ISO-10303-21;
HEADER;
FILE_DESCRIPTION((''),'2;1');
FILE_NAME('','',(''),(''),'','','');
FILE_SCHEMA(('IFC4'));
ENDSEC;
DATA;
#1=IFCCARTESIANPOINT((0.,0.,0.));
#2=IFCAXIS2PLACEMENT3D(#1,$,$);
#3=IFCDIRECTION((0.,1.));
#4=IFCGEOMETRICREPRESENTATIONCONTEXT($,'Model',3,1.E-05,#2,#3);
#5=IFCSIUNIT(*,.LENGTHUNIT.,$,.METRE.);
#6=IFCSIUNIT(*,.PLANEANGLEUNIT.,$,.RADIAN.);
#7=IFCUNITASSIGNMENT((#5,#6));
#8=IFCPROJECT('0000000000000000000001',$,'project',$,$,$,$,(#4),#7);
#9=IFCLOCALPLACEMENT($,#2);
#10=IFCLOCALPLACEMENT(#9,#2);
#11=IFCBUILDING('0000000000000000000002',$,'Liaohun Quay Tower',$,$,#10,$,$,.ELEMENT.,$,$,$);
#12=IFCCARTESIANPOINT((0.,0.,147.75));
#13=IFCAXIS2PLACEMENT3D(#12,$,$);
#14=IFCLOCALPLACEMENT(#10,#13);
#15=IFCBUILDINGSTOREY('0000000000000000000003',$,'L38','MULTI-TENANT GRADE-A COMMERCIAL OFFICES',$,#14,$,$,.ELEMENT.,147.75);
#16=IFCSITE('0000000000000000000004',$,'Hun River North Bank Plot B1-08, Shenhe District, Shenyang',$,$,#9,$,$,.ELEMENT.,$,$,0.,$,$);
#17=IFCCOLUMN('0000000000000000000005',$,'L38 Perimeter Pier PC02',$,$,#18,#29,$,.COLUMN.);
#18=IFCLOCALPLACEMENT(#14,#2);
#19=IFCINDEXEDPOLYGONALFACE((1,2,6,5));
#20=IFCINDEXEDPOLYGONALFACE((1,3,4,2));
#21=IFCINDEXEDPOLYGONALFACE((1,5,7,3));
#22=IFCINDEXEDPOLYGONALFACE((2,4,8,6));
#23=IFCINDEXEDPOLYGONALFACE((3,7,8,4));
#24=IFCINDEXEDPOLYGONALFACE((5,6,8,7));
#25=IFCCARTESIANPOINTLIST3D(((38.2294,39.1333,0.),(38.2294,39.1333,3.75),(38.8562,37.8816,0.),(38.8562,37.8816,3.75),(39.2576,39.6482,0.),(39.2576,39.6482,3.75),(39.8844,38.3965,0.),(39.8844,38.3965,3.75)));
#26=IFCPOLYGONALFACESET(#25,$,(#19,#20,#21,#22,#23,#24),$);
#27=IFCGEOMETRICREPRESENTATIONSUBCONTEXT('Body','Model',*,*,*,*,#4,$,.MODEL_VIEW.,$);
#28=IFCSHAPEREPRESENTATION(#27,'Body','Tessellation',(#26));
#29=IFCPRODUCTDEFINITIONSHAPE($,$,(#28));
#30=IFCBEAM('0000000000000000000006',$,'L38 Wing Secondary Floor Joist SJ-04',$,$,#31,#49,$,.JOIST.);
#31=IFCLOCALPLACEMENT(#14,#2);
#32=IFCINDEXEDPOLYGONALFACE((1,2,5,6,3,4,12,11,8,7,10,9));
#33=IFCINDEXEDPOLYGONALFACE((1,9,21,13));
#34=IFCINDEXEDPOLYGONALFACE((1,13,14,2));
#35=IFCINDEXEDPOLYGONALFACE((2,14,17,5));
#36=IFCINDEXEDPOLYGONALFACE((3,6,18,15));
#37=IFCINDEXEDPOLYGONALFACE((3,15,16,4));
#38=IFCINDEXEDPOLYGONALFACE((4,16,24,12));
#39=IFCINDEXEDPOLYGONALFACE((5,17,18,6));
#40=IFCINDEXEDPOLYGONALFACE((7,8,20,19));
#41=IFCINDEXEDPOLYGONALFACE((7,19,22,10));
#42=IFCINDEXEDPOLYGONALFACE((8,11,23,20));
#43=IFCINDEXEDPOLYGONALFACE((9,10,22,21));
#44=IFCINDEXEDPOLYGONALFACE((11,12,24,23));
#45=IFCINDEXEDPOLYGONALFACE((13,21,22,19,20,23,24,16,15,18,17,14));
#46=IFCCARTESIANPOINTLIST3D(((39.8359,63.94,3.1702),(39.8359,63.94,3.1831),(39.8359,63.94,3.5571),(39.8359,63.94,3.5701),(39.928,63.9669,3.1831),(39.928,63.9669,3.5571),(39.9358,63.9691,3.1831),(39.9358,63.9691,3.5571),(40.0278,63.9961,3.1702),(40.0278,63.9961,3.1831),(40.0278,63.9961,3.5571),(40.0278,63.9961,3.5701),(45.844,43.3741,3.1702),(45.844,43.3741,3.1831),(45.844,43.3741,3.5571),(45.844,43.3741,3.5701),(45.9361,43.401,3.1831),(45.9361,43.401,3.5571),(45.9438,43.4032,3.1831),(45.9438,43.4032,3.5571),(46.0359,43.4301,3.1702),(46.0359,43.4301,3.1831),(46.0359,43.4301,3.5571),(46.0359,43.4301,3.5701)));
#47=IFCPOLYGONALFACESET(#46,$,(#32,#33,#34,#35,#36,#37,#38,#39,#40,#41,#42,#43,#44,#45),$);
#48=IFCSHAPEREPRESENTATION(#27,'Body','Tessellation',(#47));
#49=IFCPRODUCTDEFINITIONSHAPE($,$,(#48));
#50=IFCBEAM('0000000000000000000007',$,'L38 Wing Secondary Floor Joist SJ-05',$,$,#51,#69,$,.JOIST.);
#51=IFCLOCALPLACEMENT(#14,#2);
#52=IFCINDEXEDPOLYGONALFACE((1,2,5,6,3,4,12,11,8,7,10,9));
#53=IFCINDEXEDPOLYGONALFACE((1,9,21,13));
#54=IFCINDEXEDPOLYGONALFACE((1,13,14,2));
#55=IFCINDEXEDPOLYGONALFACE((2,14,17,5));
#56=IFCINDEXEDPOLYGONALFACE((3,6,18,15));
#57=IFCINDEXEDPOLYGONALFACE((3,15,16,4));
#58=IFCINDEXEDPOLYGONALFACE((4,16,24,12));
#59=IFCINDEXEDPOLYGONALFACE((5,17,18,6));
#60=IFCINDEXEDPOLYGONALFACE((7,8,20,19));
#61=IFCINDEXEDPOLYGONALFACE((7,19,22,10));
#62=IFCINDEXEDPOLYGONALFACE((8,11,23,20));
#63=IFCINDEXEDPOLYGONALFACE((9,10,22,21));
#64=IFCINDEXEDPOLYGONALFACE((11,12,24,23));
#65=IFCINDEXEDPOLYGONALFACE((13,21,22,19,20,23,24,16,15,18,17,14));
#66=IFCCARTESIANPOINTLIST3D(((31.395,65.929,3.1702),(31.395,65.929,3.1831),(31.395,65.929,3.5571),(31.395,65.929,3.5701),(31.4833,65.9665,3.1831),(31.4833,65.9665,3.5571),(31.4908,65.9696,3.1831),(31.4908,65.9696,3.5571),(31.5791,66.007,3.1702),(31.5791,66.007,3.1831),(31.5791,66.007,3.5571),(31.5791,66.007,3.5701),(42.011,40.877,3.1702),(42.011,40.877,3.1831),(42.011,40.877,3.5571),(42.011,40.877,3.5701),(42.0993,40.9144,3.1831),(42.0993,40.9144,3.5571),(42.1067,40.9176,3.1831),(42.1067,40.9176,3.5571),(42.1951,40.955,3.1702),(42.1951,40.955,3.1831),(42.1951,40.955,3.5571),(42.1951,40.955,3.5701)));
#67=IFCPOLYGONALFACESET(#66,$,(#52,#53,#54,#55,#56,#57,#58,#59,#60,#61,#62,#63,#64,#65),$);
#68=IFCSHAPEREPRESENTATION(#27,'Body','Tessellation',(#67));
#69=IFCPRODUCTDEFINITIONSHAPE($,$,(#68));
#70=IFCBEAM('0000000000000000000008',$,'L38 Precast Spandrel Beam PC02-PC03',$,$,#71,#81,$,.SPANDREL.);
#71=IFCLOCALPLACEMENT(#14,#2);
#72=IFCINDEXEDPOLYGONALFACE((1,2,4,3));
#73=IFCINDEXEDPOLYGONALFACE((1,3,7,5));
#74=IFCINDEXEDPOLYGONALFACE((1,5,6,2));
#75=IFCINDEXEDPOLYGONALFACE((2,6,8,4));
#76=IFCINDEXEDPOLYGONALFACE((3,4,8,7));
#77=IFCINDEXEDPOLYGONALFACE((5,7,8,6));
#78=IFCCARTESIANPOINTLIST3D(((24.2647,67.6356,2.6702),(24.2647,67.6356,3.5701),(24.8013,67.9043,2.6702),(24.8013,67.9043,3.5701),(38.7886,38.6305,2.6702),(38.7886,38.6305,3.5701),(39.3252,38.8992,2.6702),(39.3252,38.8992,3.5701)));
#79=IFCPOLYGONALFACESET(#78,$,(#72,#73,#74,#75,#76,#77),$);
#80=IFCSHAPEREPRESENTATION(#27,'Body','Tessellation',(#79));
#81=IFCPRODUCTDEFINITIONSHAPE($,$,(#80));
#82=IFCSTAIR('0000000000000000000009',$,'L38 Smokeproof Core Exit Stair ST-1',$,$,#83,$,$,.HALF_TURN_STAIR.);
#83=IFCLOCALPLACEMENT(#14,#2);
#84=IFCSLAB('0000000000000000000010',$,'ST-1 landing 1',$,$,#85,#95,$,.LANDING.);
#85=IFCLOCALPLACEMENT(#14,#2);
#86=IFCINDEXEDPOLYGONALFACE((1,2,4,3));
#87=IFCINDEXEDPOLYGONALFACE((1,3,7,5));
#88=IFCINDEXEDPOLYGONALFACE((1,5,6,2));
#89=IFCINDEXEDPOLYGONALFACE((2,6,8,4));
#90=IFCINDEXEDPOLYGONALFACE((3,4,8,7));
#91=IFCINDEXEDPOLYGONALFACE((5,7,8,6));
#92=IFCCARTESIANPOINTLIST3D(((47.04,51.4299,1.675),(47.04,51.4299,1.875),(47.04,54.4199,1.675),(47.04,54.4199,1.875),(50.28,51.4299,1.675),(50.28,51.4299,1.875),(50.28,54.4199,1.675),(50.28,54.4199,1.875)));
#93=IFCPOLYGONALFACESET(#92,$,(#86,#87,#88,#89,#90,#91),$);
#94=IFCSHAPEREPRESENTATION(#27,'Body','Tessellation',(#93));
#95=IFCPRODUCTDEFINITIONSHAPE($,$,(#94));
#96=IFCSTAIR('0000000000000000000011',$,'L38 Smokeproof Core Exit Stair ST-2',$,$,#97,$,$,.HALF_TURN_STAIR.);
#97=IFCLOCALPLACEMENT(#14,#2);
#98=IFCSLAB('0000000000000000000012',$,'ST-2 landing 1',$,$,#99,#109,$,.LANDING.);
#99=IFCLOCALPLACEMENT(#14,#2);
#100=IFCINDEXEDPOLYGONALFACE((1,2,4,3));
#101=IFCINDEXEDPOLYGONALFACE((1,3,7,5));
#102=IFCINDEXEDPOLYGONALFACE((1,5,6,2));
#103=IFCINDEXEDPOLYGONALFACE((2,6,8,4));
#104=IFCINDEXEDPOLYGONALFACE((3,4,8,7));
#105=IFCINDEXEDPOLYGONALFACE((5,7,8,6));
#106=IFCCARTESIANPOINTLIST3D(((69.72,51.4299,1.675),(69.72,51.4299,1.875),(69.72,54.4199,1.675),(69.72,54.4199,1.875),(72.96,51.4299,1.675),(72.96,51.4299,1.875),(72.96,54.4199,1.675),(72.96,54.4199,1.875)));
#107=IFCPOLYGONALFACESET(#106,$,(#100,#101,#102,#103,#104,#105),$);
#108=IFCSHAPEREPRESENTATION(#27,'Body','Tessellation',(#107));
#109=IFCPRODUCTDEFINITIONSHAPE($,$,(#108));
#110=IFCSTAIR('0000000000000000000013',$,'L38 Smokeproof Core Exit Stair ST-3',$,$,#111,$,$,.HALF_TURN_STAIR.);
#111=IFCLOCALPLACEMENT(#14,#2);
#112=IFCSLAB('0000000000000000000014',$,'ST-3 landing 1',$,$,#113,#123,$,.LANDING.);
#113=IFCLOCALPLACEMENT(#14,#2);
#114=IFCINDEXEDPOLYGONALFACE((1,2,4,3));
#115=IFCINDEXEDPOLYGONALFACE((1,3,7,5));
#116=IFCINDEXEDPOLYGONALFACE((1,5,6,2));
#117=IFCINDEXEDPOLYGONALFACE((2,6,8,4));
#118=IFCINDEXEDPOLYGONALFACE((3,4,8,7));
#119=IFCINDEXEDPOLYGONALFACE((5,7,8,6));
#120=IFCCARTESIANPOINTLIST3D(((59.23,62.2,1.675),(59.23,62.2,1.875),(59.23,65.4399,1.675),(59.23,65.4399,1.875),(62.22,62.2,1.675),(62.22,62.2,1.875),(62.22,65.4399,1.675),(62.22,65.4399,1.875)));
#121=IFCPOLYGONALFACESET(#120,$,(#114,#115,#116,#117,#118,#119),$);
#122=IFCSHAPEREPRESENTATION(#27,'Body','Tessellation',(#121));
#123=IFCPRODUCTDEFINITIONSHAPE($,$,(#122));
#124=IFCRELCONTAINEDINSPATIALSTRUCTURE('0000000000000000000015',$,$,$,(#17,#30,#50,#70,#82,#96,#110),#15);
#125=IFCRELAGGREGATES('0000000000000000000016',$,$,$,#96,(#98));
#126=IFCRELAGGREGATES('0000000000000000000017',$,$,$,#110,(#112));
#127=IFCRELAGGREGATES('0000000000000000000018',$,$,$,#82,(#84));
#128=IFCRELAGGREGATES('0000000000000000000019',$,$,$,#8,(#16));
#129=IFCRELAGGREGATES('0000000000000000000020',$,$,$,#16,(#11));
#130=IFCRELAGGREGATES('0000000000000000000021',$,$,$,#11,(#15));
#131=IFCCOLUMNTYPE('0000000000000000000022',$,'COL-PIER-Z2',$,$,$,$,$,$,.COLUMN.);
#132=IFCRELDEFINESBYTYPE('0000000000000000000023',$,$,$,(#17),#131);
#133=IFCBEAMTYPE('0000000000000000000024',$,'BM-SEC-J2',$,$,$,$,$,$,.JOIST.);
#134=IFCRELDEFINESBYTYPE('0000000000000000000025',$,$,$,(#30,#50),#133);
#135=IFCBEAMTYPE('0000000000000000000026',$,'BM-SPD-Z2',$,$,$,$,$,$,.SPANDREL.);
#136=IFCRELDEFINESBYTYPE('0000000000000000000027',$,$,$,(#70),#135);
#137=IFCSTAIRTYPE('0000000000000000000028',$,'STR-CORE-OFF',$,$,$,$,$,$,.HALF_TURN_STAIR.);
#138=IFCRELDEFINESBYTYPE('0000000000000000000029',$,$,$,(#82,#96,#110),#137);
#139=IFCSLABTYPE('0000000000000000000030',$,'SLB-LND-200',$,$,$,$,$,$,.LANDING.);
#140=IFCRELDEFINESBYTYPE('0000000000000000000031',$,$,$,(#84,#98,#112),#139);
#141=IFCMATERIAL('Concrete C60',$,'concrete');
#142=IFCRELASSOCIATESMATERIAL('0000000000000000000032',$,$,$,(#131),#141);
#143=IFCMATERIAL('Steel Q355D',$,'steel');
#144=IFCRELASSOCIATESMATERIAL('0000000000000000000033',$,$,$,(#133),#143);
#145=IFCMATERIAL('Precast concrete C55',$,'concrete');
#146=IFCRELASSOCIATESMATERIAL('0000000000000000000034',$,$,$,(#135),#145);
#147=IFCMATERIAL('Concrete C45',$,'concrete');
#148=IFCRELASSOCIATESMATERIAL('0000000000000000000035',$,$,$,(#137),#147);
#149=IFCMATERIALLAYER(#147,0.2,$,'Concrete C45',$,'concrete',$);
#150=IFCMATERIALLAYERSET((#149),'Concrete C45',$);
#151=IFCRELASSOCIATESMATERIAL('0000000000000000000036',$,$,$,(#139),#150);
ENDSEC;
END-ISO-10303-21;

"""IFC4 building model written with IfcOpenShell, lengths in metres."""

from ifc_helpers import new_model, si_unit, direction, frame, origin, origin_2d, place, context, subcontext, project, spatial, polyline, rectangle, i_section, outline, extrude, source, transform, mapped, material, layer, layer_set, material_profile, profile_set, type_object, element, aggregate, save


model = new_model("IFC4")

# Units and contexts
model_context = context("Model", 3, precision=1e-05, world=origin(), true_north=direction((0.0, 1.0)))
body_context = subcontext(model_context, "Body", "Model", "MODEL_VIEW")
ifc_project = project(units=[si_unit("LENGTHUNIT", "METRE"), si_unit("PLANEANGLEUNIT", "RADIAN")], contexts=[model_context])

# Site, building, storey
site_placement = place(None, origin())
site = spatial("IfcSite", under=ifc_project, at=site_placement, Name="Hun River North Bank Plot B1-08, Shenhe District, Shenyang", CompositionType="ELEMENT", RefElevation=0.0)
building_placement = place(site_placement, origin())
building = spatial("IfcBuilding", under=site, at=building_placement, Name="Liaohun Quay Tower", CompositionType="ELEMENT")
storey_placement = place(building_placement, frame((0.0, 0.0, 147.75)))
storey = spatial("IfcBuildingStorey", under=building, at=storey_placement, Name="L38", Description="MULTI-TENANT GRADE-A COMMERCIAL OFFICES", CompositionType="ELEMENT", Elevation=147.75)

# Column
ifc_material_1 = material(Name="Concrete C60", Category="concrete")
ifc_material_profile_1 = material_profile(ifc_material_1, rectangle(XDim=1.3999, YDim=1.1499, at=origin_2d()), Name="RC1400x1150")
ifc_profile_set_1 = profile_set([ifc_material_profile_1], Name="Concrete C60")
column_type = type_object("IfcColumnType", Name="COL-PIER-Z2", PredefinedType="COLUMN", material=ifc_profile_set_1)
shared_shape_1 = source(origin(), body_context, "Body", "SweptSolid", [
    extrude(rectangle(XDim=1.3999, YDim=1.1499, at=origin_2d()), origin(), (0.0, 0.0, 1.0), 3.75),
])
column_placement = place(storey_placement, frame((39.0569, 38.7649, 0.0), z_axis=(0.0, 0.0, 1.0), x_axis=(-0.447759, 0.894154, 0.0)))
element("IfcColumn", 1, at=column_placement, inside=storey, type_object=column_type, Name="L38 Perimeter Pier PC02", PredefinedType="COLUMN", context=body_context, shape_type="MappedRepresentation", body=[
    mapped(shared_shape_1, transform((0.0, 0.0, 0.0), x_axis=(1.0, 0.0, 0.0), y_axis=(0.0, 1.0, 0.0), z_axis=(0.0, 0.0, 1.0), scale=1.0)),
])

# Beams
ifc_material_2 = material(Name="Steel Q355D", Category="steel")
ifc_material_profile_2 = material_profile(ifc_material_2, i_section(OverallWidth=0.2, OverallDepth=0.3999, WebThickness=0.0081, FlangeThickness=0.0129, at=origin_2d()), Name="HN400x200x8x13")
ifc_profile_set_2 = profile_set([ifc_material_profile_2], Name="Steel Q355D")
beam_type_1 = type_object("IfcBeamType", Name="BM-SEC-J2", PredefinedType="JOIST", material=ifc_profile_set_2)
shared_shape_2 = source(origin(), body_context, "Body", "SweptSolid", [
    extrude(i_section(OverallWidth=0.2, OverallDepth=0.3999, WebThickness=0.0081, FlangeThickness=0.0129, at=origin_2d()), origin(), (0.0, 0.0, 1.0), 21.4255),
])
beam_1_placement = place(storey_placement, frame((45.9399, 43.4021, 3.3701), z_axis=(-0.280416, 0.959879, 0.0), x_axis=(-0.959879, -0.280416, 0.0)))
element("IfcBeam", 2, at=beam_1_placement, inside=storey, type_object=beam_type_1, Name="L38 Wing Secondary Floor Joist SJ-04", PredefinedType="JOIST", context=body_context, shape_type="MappedRepresentation", body=[
    mapped(shared_shape_2, transform((0.0, 0.0, 0.0), x_axis=(1.0, 0.0, 0.0), y_axis=(0.0, 1.0, 0.0), z_axis=(0.0, 0.0, 1.0), scale=1.0)),
])
shared_shape_3 = source(origin(), body_context, "Body", "SweptSolid", [
    extrude(i_section(OverallWidth=0.2, OverallDepth=0.3999, WebThickness=0.0081, FlangeThickness=0.0129, at=origin_2d()), origin(), (0.0, 0.0, 1.0), 27.2085),
])
beam_2_placement = place(storey_placement, frame((42.103, 40.916, 3.3701), z_axis=(-0.390171, 0.920742, 0.0), x_axis=(-0.920742, -0.390171, 0.0)))
element("IfcBeam", 3, at=beam_2_placement, inside=storey, type_object=beam_type_1, Name="L38 Wing Secondary Floor Joist SJ-05", PredefinedType="JOIST", context=body_context, shape_type="MappedRepresentation", body=[
    mapped(shared_shape_3, transform((0.0, 0.0, 0.0), x_axis=(1.0, 0.0, 0.0), y_axis=(0.0, 1.0, 0.0), z_axis=(0.0, 0.0, 1.0), scale=1.0)),
])
ifc_material_3 = material(Name="Precast concrete C55", Category="concrete")
ifc_material_profile_3 = material_profile(ifc_material_3, rectangle(XDim=0.6001, YDim=0.8999, at=origin_2d()), Name="RC600x900")
ifc_profile_set_3 = profile_set([ifc_material_profile_3], Name="Precast concrete C55")
beam_type_2 = type_object("IfcBeamType", Name="BM-SPD-Z2", PredefinedType="SPANDREL", material=ifc_profile_set_3)
shared_shape_4 = source(origin(), body_context, "Body", "SweptSolid", [
    extrude(rectangle(XDim=0.6001, YDim=0.8999, at=origin_2d()), origin(), (0.0, 0.0, 1.0), 32.4382),
])
beam_3_placement = place(storey_placement, frame((39.0569, 38.7649, 3.1201), z_axis=(-0.44774, 0.894164, 0.0), x_axis=(-0.894164, -0.44774, 0.0)))
element("IfcBeam", 4, at=beam_3_placement, inside=storey, type_object=beam_type_2, Name="L38 Precast Spandrel Beam PC02-PC03", PredefinedType="SPANDREL", context=body_context, shape_type="MappedRepresentation", body=[
    mapped(shared_shape_4, transform((0.0, 0.0, 0.0), x_axis=(1.0, 0.0, 0.0), y_axis=(0.0, 1.0, 0.0), z_axis=(0.0, 0.0, 1.0), scale=1.0)),
])

# Stairs, slabs
ifc_material_4 = material(Name="Concrete C45", Category="concrete")
stair_type = type_object("IfcStairType", Name="STR-CORE-OFF", PredefinedType="HALF_TURN_STAIR", material=ifc_material_4)
stair_1_placement = place(storey_placement, origin())
stair_1 = element("IfcStair", 5, at=stair_1_placement, inside=storey, type_object=stair_type, Name="L38 Smokeproof Core Exit Stair ST-1", PredefinedType="HALF_TURN_STAIR")
ifc_layer_1 = layer(ifc_material_4, 0.2, Name="Concrete C45", Category="concrete")
ifc_layer_set_1 = layer_set([ifc_layer_1], Name="Concrete C45")
slab_type_1 = type_object("IfcSlabType", Name="SLB-LND-200", PredefinedType="LANDING", material=ifc_layer_set_1)
slab_1_placement = place(storey_placement, frame((0.0, 0.0, 1.675)))
slab_1 = element("IfcSlab", 6, at=slab_1_placement, type_object=slab_type_1, Name="ST-1 landing 1", PredefinedType="LANDING", context=body_context, shape_type="SweptSolid", body=[
    extrude(outline(polyline([(50.28, 51.4299), (50.28, 54.4199), (47.04, 54.4199), (47.04, 51.4299), (50.28, 51.4299)])), origin(), (0.0, 0.0, 1.0), 0.2),
])
stair_2_placement = place(storey_placement, origin())
stair_2 = element("IfcStair", 7, at=stair_2_placement, inside=storey, type_object=stair_type, Name="L38 Smokeproof Core Exit Stair ST-2", PredefinedType="HALF_TURN_STAIR")
slab_2_placement = place(storey_placement, frame((0.0, 0.0, 1.675)))
slab_2 = element("IfcSlab", 8, at=slab_2_placement, type_object=slab_type_1, Name="ST-2 landing 1", PredefinedType="LANDING", context=body_context, shape_type="SweptSolid", body=[
    extrude(outline(polyline([(72.96, 51.4299), (72.96, 54.4199), (69.72, 54.4199), (69.72, 51.4299), (72.96, 51.4299)])), origin(), (0.0, 0.0, 1.0), 0.2),
])
aggregate(stair_2, [slab_2])
stair_3_placement = place(storey_placement, origin())
stair_3 = element("IfcStair", 9, at=stair_3_placement, inside=storey, type_object=stair_type, Name="L38 Smokeproof Core Exit Stair ST-3", PredefinedType="HALF_TURN_STAIR")
slab_3_placement = place(storey_placement, frame((0.0, 0.0, 1.675)))
slab_3 = element("IfcSlab", 10, at=slab_3_placement, type_object=slab_type_1, Name="ST-3 landing 1", PredefinedType="LANDING", context=body_context, shape_type="SweptSolid", body=[
    extrude(outline(polyline([(59.23, 62.2), (62.22, 62.2), (62.22, 65.4399), (59.23, 65.4399), (59.23, 62.2)])), origin(), (0.0, 0.0, 1.0), 0.2),
])
aggregate(stair_3, [slab_3])

aggregate(stair_1, [slab_1])

save(model, "model.ifc")
